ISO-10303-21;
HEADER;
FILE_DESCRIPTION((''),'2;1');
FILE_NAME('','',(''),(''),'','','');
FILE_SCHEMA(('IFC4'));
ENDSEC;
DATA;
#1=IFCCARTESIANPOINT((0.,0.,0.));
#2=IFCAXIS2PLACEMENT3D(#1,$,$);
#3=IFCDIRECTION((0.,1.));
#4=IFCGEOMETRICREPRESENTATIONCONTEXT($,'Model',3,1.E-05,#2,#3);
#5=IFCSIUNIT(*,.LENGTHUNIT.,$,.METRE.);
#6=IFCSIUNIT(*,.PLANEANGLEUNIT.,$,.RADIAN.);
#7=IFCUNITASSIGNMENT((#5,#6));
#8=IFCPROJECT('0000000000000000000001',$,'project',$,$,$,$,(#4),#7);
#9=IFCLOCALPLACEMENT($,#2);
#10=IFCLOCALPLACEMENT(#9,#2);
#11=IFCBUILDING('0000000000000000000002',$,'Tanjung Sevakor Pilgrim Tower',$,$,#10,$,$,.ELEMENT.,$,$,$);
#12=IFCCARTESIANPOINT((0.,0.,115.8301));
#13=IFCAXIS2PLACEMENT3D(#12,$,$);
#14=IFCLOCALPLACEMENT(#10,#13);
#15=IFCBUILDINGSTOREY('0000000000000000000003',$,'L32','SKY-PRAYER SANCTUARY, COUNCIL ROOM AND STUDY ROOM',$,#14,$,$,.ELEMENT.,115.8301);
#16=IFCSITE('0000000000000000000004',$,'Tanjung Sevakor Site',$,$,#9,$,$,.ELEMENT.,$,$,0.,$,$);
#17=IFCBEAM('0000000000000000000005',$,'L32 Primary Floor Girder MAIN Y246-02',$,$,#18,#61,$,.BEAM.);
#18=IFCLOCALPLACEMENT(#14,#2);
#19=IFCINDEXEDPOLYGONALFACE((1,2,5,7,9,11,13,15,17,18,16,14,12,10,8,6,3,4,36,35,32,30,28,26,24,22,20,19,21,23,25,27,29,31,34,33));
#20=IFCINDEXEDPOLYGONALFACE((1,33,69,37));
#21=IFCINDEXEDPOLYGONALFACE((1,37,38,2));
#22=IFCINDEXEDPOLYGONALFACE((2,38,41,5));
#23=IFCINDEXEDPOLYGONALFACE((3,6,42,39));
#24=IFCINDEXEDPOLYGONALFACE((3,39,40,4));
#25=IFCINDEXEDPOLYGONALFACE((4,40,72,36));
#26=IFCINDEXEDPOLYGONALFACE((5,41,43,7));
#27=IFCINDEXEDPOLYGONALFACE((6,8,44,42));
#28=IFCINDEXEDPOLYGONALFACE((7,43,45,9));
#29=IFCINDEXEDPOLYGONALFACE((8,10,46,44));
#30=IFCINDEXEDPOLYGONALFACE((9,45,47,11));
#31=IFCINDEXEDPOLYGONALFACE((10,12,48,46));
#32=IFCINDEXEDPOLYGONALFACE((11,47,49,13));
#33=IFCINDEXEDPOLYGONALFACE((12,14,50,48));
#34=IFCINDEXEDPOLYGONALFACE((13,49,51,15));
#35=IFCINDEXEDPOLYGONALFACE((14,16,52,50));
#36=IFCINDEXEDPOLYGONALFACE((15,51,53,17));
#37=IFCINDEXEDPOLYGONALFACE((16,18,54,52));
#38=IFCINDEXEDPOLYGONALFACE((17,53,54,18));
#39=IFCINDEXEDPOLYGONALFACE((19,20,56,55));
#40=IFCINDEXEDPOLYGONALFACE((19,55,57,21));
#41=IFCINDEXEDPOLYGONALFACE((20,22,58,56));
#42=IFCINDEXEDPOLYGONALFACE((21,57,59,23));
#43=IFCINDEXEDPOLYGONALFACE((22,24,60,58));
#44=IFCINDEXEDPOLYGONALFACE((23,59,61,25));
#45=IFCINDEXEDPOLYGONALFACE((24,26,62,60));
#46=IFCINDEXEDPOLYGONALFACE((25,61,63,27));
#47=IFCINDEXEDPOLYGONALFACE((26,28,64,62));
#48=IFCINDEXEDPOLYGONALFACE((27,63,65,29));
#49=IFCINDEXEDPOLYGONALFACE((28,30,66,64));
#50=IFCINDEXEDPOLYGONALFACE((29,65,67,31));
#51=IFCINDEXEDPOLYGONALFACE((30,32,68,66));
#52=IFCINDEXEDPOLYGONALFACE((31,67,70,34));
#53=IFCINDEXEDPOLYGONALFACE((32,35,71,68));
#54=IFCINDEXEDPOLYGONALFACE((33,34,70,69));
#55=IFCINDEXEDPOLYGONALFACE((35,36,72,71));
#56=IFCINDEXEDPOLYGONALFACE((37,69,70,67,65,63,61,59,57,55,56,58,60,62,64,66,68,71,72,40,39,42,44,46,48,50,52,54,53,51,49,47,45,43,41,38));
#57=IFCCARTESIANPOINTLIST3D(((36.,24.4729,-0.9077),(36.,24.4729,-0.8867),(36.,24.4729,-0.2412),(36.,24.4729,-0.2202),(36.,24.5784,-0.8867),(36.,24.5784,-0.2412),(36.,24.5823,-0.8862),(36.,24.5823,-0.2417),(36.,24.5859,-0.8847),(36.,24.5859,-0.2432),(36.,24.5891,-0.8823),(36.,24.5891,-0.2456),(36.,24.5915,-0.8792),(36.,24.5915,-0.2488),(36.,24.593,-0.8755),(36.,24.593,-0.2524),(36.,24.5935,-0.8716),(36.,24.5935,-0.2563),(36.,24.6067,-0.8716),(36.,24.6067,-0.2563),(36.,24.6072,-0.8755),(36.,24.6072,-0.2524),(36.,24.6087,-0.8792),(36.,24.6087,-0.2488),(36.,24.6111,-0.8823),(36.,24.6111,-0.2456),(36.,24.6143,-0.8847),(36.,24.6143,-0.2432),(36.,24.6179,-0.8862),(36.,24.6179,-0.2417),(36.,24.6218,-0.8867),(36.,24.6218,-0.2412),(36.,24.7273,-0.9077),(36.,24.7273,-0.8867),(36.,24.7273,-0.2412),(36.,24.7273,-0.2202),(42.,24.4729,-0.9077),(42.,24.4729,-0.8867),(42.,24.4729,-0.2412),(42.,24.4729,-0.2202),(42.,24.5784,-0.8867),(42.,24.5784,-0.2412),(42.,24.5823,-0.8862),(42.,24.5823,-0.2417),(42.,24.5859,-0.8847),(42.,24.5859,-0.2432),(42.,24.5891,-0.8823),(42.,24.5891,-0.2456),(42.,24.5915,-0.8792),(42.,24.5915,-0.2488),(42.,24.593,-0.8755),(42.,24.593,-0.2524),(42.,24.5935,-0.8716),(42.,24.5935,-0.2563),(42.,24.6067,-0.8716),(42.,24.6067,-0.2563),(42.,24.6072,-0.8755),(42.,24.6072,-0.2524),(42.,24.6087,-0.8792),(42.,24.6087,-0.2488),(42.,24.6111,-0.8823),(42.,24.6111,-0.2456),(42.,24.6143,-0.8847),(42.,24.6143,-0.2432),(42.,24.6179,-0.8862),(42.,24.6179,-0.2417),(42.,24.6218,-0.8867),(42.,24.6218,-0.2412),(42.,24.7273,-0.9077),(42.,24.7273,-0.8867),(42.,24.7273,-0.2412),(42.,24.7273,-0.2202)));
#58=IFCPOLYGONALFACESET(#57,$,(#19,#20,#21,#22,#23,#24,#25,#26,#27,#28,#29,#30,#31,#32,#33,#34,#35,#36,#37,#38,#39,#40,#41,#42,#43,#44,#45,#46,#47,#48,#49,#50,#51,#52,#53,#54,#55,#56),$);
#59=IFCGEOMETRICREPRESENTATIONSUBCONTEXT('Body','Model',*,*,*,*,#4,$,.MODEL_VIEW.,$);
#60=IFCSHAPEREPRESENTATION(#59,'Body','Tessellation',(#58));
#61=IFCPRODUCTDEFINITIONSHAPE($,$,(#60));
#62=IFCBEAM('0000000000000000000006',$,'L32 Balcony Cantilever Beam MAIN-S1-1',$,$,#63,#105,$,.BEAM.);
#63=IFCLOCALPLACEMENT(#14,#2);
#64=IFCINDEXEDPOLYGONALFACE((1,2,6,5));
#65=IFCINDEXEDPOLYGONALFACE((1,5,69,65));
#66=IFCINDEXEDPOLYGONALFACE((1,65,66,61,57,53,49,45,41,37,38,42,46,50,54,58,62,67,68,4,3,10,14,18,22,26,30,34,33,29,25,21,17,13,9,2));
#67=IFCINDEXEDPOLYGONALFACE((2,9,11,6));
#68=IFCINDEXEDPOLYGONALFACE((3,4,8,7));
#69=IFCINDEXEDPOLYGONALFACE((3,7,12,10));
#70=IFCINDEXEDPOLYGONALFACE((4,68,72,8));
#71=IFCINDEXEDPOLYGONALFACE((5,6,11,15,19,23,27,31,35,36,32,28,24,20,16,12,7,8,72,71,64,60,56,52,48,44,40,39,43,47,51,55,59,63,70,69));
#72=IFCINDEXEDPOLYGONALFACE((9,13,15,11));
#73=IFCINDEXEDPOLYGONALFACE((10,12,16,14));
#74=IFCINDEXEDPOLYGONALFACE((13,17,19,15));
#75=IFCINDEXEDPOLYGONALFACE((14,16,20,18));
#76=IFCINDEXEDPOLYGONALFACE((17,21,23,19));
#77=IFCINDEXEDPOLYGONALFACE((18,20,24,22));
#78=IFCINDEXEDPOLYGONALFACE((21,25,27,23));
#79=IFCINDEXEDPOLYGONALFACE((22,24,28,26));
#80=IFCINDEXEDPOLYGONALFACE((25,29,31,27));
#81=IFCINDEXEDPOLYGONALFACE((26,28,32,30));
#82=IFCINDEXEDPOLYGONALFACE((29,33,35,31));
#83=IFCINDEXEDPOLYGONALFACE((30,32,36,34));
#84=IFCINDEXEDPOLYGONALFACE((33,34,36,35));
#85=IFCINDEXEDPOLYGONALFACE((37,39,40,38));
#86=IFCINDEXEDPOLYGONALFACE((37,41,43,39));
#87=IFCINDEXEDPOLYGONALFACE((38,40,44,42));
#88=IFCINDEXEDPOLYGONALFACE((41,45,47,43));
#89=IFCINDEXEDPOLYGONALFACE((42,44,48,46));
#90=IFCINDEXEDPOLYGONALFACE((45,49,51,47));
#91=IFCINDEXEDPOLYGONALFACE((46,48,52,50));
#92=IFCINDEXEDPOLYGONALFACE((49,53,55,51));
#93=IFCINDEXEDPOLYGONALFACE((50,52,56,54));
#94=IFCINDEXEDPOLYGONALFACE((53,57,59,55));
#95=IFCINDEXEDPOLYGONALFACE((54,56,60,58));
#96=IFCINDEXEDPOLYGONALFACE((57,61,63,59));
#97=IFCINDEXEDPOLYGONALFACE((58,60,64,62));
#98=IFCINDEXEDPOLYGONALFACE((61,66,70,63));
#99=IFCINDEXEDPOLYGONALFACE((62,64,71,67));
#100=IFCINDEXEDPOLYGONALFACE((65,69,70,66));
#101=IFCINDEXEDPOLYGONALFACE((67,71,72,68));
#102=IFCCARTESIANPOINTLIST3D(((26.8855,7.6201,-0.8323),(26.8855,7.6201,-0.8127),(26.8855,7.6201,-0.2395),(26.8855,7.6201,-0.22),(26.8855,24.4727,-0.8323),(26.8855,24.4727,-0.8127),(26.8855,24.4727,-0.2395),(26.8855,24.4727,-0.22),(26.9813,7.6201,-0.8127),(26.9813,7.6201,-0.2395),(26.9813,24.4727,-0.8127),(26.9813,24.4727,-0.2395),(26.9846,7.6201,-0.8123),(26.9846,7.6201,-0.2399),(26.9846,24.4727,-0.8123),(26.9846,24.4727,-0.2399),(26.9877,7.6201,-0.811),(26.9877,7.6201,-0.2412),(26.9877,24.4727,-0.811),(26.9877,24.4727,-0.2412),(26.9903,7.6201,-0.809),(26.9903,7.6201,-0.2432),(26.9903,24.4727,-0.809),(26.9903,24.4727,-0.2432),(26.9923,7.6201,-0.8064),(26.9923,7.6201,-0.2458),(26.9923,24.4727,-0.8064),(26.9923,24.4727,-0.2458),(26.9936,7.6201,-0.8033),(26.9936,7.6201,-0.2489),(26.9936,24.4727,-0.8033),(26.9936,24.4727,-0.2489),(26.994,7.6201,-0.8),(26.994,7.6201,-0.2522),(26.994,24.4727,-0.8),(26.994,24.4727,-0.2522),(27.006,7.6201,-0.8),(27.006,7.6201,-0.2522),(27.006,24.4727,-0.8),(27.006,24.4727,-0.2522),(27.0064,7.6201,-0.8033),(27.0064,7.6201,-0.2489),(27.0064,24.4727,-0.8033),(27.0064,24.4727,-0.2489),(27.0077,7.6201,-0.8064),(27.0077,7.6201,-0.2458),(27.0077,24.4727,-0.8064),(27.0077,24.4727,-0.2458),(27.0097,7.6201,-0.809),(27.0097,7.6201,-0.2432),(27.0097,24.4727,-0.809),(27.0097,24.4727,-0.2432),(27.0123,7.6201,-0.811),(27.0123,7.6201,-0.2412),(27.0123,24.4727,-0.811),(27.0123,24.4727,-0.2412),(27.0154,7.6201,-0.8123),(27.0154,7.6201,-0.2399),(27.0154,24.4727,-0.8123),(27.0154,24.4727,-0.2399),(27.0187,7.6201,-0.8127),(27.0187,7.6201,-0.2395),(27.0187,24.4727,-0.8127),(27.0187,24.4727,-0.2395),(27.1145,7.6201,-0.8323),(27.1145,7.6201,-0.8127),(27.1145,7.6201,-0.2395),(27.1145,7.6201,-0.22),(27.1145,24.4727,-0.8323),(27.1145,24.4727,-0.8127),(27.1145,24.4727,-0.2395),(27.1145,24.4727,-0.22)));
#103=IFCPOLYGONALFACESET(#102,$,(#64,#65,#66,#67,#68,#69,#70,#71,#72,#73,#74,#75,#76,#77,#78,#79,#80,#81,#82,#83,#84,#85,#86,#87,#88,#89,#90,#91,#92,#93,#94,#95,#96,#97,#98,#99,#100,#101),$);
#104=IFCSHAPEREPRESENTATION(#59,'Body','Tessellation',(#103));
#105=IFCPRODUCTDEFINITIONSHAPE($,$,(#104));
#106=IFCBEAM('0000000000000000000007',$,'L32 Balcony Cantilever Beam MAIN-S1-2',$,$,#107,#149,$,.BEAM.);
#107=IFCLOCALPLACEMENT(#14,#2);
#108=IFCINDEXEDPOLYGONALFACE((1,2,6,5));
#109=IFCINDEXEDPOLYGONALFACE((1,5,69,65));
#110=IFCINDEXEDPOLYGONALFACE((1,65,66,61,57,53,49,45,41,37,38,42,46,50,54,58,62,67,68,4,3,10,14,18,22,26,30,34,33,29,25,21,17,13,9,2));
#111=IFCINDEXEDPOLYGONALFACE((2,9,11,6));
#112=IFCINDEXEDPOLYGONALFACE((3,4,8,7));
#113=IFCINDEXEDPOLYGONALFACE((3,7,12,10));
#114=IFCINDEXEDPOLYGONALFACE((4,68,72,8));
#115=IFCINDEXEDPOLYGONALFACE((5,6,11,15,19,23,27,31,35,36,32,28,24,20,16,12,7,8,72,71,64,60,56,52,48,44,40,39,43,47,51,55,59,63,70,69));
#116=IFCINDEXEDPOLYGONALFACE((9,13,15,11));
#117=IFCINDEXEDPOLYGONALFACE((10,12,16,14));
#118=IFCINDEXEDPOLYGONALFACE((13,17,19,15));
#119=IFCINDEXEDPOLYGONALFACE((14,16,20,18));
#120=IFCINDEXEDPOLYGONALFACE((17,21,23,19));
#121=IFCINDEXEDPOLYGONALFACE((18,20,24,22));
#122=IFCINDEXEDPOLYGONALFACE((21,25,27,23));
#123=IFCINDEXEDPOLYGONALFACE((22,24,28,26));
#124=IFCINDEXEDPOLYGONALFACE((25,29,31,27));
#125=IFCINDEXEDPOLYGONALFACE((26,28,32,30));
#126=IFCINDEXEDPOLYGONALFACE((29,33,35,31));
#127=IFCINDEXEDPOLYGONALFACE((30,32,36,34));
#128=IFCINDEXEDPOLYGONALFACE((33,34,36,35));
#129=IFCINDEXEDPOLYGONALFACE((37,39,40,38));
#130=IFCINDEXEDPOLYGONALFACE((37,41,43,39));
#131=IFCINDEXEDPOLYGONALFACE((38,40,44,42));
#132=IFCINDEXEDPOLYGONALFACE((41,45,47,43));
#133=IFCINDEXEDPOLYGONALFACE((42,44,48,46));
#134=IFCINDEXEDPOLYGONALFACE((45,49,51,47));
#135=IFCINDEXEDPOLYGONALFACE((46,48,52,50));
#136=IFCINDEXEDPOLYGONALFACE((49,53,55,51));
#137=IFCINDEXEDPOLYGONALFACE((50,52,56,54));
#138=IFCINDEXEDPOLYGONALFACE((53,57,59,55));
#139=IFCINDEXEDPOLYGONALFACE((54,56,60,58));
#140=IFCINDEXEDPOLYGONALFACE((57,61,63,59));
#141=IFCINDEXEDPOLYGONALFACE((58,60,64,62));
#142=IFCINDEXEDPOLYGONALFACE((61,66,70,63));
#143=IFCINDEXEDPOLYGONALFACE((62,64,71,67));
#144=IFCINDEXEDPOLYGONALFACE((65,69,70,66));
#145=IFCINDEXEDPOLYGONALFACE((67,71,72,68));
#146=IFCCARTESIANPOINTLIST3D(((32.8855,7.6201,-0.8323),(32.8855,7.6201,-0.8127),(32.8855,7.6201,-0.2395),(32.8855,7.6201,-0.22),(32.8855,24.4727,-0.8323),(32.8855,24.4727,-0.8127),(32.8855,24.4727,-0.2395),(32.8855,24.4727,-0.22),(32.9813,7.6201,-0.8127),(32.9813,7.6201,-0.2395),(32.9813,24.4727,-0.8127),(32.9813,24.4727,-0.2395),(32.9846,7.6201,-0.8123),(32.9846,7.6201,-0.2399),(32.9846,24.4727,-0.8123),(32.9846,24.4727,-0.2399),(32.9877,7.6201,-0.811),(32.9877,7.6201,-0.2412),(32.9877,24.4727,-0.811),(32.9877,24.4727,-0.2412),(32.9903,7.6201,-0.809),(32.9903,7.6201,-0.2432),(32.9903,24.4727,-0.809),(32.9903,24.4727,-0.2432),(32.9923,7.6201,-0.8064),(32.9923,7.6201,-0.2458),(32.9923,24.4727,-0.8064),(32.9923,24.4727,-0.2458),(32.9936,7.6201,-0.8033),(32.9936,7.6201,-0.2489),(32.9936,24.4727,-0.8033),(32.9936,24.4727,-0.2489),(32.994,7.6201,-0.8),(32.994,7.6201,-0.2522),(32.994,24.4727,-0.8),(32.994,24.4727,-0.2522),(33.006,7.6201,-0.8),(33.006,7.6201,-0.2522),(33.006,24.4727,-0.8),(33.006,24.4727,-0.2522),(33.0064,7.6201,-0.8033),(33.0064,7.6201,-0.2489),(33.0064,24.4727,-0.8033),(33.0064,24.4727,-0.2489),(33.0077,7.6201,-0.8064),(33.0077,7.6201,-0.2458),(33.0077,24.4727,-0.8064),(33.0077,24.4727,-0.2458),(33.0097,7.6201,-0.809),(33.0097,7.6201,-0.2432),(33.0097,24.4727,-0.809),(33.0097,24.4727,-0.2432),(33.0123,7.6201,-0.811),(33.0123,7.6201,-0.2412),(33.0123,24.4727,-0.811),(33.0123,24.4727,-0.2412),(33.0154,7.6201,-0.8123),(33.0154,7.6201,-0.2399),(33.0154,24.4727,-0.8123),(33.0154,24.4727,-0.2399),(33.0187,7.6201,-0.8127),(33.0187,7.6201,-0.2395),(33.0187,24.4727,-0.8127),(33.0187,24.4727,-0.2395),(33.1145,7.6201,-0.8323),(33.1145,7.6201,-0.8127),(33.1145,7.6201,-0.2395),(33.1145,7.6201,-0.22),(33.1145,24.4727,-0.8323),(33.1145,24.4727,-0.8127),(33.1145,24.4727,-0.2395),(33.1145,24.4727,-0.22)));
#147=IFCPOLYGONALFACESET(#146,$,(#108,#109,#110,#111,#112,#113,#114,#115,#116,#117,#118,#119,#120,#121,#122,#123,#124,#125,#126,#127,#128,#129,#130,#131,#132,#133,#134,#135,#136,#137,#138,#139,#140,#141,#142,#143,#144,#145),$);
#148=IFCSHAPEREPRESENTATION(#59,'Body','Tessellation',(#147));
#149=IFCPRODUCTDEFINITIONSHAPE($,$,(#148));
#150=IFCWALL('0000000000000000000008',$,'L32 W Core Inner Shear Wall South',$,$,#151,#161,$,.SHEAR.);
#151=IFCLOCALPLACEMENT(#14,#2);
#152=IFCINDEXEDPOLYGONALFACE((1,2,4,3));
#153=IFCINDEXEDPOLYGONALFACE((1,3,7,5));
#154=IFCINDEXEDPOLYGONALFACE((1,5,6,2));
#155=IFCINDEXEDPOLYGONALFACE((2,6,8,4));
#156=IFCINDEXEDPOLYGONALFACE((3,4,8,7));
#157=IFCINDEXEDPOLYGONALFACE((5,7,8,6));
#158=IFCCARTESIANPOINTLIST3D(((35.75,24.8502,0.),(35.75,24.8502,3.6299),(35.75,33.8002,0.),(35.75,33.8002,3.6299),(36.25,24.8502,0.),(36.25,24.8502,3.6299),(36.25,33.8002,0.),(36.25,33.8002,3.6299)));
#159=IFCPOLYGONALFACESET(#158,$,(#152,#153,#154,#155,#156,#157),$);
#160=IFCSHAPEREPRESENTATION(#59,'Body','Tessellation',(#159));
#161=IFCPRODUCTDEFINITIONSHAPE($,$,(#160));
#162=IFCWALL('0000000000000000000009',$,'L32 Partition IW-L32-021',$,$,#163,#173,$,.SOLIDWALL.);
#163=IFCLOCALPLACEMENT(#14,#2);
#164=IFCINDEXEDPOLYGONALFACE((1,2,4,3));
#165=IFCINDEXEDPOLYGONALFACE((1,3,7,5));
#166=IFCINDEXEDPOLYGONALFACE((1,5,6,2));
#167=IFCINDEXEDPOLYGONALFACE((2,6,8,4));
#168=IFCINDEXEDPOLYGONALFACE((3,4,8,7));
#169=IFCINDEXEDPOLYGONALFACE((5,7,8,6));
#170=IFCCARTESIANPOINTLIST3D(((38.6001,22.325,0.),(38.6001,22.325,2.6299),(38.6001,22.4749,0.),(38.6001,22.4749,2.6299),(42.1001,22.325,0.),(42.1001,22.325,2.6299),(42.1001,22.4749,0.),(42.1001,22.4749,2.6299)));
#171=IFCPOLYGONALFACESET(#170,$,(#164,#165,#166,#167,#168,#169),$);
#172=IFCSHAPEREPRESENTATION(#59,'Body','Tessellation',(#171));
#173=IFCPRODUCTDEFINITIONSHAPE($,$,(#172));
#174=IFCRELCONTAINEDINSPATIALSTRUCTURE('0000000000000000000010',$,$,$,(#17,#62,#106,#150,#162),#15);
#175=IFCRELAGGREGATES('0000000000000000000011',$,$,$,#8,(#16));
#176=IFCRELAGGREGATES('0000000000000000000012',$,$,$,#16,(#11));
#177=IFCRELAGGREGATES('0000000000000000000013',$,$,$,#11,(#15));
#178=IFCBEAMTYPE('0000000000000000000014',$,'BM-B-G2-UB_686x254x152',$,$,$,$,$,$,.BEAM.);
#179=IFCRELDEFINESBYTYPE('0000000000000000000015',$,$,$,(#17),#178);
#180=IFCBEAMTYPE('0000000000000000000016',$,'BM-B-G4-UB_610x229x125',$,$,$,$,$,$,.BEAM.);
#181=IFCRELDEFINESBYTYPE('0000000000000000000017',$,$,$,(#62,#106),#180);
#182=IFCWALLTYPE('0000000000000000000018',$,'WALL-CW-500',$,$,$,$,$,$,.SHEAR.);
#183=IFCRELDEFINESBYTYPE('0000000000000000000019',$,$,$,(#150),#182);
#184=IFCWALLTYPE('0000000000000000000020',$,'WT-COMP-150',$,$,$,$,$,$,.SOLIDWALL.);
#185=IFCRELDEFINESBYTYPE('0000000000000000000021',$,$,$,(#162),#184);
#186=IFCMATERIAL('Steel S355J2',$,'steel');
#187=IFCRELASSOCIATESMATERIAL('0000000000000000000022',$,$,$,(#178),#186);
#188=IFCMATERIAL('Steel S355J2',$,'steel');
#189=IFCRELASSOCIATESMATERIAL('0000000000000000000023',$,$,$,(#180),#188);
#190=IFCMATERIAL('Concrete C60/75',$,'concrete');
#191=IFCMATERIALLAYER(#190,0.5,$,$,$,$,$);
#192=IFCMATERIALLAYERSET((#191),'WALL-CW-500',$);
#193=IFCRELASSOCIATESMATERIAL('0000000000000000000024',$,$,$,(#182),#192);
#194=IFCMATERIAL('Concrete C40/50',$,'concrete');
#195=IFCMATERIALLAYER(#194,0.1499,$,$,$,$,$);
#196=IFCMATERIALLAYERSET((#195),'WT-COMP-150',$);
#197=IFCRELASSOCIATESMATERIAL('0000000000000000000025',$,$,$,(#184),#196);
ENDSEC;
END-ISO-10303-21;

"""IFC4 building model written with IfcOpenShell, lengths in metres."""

from ifc_helpers import new_model, si_unit, direction, frame, frame_2d, origin, origin_2d, place, context, subcontext, project, spatial, rectangle, i_section, extrude, material, layer, layer_set, material_profile, profile_set, type_object, element, save


model = new_model("IFC4")

# Units and contexts
model_context = context("Model", 3, precision=1e-05, world=origin(), true_north=direction((0.0, 1.0)))
body_context = subcontext(model_context, "Body", "Model", "MODEL_VIEW")
ifc_project = project(units=[si_unit("LENGTHUNIT", "METRE"), si_unit("PLANEANGLEUNIT", "RADIAN")], contexts=[model_context])

# Site, building, storey
site_placement = place(None, origin())
site = spatial("IfcSite", under=ifc_project, at=site_placement, Name="Tanjung Sevakor Site", CompositionType="ELEMENT", RefElevation=0.0)
building_placement = place(site_placement, origin())
building = spatial("IfcBuilding", under=site, at=building_placement, Name="Tanjung Sevakor Pilgrim Tower", CompositionType="ELEMENT")
storey_placement = place(building_placement, frame((0.0, 0.0, 115.8301)))
storey = spatial("IfcBuildingStorey", under=building, at=storey_placement, Name="L32", Description="SKY-PRAYER SANCTUARY, COUNCIL ROOM AND STUDY ROOM", CompositionType="ELEMENT", Elevation=115.8301)

# Beams
ifc_material_1 = material(Name="Steel S355J2", Category="steel")
ifc_material_profile_1 = material_profile(ifc_material_1, i_section(OverallWidth=0.2544, OverallDepth=0.6875, WebThickness=0.0132, FlangeThickness=0.021, FilletRadius=0.0151, at=origin_2d()))
ifc_profile_set_1 = profile_set([ifc_material_profile_1], Name="Steel S355J2")
beam_type_1 = type_object("IfcBeamType", Name="BM-B-G2-UB_686x254x152", PredefinedType="BEAM", material=ifc_profile_set_1)
beam_placement = place(storey_placement, frame((36.0, 24.6001, -0.564), z_axis=(1.0, 0.0, 0.0), x_axis=(0.0, 1.0, 0.0)))
element("IfcBeam", 1, at=beam_placement, inside=storey, type_object=beam_type_1, Name="L32 Primary Floor Girder MAIN Y246-02", PredefinedType="BEAM", context=body_context, shape_type="SweptSolid", body=[
    extrude(i_section(OverallWidth=0.2544, OverallDepth=0.6875, WebThickness=0.0132, FlangeThickness=0.021, FilletRadius=0.0151, at=origin_2d()), origin(), (0.0, 0.0, 1.0), 6.0),
])
ifc_material_2 = material(Name="Steel S355J2", Category="steel")
ifc_material_profile_2 = material_profile(ifc_material_2, i_section(OverallWidth=0.229, OverallDepth=0.6123, WebThickness=0.012, FlangeThickness=0.0195, FilletRadius=0.0127, at=origin_2d()))
ifc_profile_set_2 = profile_set([ifc_material_profile_2], Name="Steel S355J2")
beam_type_2 = type_object("IfcBeamType", Name="BM-B-G4-UB_610x229x125", PredefinedType="BEAM", material=ifc_profile_set_2)
for number, where, z_axis, x_axis, name in (
    (2, (27.0, 24.4727, -0.5261), (0.0, -1.0, 0.0), (1.0, 0.0, 0.0), "L32 Balcony Cantilever Beam MAIN-S1-1"),
    (3, (33.0, 24.4727, -0.5261), (0.0, -1.0, 0.0), (1.0, 0.0, 0.0), "L32 Balcony Cantilever Beam MAIN-S1-2"),
):
    element("IfcBeam", number, at=place(storey_placement, frame(where, z_axis=z_axis, x_axis=x_axis)), inside=storey, type_object=beam_type_2, Name=name, PredefinedType="BEAM", context=body_context, shape_type="SweptSolid", body=[
        extrude(i_section(OverallWidth=0.229, OverallDepth=0.6123, WebThickness=0.012, FlangeThickness=0.0195, FilletRadius=0.0127, at=origin_2d()), origin(), (0.0, 0.0, 1.0), 16.8525),
    ])

# Wall
ifc_material_3 = material(Name="Concrete C60/75", Category="concrete")
ifc_layer_1 = layer(ifc_material_3, 0.5)
ifc_layer_set_1 = layer_set([ifc_layer_1], Name="WALL-CW-500")
wall_type_1 = type_object("IfcWallType", Name="WALL-CW-500", PredefinedType="SHEAR", material=ifc_layer_set_1)
wall_1_placement = place(storey_placement, frame((36.0, 24.8501, 0.0), z_axis=(0.0, 0.0, 1.0), x_axis=(0.0, 1.0, 0.0)))
element("IfcWall", 4, at=wall_1_placement, inside=storey, type_object=wall_type_1, Name="L32 W Core Inner Shear Wall South", PredefinedType="SHEAR", context=body_context, shape_type="SweptSolid", body=[
    extrude(rectangle(XDim=8.95, YDim=0.5, at=frame_2d((4.4751, 0.0))), origin(), (0.0, 0.0, 1.0), 3.6299),
])

# Wall
ifc_material_4 = material(Name="Concrete C40/50", Category="concrete")
ifc_layer_2 = layer(ifc_material_4, 0.1499)
ifc_layer_set_2 = layer_set([ifc_layer_2], Name="WT-COMP-150")
wall_type_2 = type_object("IfcWallType", Name="WT-COMP-150", PredefinedType="SOLIDWALL", material=ifc_layer_set_2)
wall_2_placement = place(storey_placement, frame((38.6001, 22.3999, 0.0), z_axis=(0.0, 0.0, 1.0), x_axis=(1.0, 0.0, 0.0)))
element("IfcWall", 5, at=wall_2_placement, inside=storey, type_object=wall_type_2, Name="L32 Partition IW-L32-021", PredefinedType="SOLIDWALL", context=body_context, shape_type="SweptSolid", body=[
    extrude(rectangle(XDim=3.5, YDim=0.1499, at=frame_2d((1.75, 0.0))), origin(), (0.0, 0.0, 1.0), 2.6299),
])

save(model, "model.ifc")
